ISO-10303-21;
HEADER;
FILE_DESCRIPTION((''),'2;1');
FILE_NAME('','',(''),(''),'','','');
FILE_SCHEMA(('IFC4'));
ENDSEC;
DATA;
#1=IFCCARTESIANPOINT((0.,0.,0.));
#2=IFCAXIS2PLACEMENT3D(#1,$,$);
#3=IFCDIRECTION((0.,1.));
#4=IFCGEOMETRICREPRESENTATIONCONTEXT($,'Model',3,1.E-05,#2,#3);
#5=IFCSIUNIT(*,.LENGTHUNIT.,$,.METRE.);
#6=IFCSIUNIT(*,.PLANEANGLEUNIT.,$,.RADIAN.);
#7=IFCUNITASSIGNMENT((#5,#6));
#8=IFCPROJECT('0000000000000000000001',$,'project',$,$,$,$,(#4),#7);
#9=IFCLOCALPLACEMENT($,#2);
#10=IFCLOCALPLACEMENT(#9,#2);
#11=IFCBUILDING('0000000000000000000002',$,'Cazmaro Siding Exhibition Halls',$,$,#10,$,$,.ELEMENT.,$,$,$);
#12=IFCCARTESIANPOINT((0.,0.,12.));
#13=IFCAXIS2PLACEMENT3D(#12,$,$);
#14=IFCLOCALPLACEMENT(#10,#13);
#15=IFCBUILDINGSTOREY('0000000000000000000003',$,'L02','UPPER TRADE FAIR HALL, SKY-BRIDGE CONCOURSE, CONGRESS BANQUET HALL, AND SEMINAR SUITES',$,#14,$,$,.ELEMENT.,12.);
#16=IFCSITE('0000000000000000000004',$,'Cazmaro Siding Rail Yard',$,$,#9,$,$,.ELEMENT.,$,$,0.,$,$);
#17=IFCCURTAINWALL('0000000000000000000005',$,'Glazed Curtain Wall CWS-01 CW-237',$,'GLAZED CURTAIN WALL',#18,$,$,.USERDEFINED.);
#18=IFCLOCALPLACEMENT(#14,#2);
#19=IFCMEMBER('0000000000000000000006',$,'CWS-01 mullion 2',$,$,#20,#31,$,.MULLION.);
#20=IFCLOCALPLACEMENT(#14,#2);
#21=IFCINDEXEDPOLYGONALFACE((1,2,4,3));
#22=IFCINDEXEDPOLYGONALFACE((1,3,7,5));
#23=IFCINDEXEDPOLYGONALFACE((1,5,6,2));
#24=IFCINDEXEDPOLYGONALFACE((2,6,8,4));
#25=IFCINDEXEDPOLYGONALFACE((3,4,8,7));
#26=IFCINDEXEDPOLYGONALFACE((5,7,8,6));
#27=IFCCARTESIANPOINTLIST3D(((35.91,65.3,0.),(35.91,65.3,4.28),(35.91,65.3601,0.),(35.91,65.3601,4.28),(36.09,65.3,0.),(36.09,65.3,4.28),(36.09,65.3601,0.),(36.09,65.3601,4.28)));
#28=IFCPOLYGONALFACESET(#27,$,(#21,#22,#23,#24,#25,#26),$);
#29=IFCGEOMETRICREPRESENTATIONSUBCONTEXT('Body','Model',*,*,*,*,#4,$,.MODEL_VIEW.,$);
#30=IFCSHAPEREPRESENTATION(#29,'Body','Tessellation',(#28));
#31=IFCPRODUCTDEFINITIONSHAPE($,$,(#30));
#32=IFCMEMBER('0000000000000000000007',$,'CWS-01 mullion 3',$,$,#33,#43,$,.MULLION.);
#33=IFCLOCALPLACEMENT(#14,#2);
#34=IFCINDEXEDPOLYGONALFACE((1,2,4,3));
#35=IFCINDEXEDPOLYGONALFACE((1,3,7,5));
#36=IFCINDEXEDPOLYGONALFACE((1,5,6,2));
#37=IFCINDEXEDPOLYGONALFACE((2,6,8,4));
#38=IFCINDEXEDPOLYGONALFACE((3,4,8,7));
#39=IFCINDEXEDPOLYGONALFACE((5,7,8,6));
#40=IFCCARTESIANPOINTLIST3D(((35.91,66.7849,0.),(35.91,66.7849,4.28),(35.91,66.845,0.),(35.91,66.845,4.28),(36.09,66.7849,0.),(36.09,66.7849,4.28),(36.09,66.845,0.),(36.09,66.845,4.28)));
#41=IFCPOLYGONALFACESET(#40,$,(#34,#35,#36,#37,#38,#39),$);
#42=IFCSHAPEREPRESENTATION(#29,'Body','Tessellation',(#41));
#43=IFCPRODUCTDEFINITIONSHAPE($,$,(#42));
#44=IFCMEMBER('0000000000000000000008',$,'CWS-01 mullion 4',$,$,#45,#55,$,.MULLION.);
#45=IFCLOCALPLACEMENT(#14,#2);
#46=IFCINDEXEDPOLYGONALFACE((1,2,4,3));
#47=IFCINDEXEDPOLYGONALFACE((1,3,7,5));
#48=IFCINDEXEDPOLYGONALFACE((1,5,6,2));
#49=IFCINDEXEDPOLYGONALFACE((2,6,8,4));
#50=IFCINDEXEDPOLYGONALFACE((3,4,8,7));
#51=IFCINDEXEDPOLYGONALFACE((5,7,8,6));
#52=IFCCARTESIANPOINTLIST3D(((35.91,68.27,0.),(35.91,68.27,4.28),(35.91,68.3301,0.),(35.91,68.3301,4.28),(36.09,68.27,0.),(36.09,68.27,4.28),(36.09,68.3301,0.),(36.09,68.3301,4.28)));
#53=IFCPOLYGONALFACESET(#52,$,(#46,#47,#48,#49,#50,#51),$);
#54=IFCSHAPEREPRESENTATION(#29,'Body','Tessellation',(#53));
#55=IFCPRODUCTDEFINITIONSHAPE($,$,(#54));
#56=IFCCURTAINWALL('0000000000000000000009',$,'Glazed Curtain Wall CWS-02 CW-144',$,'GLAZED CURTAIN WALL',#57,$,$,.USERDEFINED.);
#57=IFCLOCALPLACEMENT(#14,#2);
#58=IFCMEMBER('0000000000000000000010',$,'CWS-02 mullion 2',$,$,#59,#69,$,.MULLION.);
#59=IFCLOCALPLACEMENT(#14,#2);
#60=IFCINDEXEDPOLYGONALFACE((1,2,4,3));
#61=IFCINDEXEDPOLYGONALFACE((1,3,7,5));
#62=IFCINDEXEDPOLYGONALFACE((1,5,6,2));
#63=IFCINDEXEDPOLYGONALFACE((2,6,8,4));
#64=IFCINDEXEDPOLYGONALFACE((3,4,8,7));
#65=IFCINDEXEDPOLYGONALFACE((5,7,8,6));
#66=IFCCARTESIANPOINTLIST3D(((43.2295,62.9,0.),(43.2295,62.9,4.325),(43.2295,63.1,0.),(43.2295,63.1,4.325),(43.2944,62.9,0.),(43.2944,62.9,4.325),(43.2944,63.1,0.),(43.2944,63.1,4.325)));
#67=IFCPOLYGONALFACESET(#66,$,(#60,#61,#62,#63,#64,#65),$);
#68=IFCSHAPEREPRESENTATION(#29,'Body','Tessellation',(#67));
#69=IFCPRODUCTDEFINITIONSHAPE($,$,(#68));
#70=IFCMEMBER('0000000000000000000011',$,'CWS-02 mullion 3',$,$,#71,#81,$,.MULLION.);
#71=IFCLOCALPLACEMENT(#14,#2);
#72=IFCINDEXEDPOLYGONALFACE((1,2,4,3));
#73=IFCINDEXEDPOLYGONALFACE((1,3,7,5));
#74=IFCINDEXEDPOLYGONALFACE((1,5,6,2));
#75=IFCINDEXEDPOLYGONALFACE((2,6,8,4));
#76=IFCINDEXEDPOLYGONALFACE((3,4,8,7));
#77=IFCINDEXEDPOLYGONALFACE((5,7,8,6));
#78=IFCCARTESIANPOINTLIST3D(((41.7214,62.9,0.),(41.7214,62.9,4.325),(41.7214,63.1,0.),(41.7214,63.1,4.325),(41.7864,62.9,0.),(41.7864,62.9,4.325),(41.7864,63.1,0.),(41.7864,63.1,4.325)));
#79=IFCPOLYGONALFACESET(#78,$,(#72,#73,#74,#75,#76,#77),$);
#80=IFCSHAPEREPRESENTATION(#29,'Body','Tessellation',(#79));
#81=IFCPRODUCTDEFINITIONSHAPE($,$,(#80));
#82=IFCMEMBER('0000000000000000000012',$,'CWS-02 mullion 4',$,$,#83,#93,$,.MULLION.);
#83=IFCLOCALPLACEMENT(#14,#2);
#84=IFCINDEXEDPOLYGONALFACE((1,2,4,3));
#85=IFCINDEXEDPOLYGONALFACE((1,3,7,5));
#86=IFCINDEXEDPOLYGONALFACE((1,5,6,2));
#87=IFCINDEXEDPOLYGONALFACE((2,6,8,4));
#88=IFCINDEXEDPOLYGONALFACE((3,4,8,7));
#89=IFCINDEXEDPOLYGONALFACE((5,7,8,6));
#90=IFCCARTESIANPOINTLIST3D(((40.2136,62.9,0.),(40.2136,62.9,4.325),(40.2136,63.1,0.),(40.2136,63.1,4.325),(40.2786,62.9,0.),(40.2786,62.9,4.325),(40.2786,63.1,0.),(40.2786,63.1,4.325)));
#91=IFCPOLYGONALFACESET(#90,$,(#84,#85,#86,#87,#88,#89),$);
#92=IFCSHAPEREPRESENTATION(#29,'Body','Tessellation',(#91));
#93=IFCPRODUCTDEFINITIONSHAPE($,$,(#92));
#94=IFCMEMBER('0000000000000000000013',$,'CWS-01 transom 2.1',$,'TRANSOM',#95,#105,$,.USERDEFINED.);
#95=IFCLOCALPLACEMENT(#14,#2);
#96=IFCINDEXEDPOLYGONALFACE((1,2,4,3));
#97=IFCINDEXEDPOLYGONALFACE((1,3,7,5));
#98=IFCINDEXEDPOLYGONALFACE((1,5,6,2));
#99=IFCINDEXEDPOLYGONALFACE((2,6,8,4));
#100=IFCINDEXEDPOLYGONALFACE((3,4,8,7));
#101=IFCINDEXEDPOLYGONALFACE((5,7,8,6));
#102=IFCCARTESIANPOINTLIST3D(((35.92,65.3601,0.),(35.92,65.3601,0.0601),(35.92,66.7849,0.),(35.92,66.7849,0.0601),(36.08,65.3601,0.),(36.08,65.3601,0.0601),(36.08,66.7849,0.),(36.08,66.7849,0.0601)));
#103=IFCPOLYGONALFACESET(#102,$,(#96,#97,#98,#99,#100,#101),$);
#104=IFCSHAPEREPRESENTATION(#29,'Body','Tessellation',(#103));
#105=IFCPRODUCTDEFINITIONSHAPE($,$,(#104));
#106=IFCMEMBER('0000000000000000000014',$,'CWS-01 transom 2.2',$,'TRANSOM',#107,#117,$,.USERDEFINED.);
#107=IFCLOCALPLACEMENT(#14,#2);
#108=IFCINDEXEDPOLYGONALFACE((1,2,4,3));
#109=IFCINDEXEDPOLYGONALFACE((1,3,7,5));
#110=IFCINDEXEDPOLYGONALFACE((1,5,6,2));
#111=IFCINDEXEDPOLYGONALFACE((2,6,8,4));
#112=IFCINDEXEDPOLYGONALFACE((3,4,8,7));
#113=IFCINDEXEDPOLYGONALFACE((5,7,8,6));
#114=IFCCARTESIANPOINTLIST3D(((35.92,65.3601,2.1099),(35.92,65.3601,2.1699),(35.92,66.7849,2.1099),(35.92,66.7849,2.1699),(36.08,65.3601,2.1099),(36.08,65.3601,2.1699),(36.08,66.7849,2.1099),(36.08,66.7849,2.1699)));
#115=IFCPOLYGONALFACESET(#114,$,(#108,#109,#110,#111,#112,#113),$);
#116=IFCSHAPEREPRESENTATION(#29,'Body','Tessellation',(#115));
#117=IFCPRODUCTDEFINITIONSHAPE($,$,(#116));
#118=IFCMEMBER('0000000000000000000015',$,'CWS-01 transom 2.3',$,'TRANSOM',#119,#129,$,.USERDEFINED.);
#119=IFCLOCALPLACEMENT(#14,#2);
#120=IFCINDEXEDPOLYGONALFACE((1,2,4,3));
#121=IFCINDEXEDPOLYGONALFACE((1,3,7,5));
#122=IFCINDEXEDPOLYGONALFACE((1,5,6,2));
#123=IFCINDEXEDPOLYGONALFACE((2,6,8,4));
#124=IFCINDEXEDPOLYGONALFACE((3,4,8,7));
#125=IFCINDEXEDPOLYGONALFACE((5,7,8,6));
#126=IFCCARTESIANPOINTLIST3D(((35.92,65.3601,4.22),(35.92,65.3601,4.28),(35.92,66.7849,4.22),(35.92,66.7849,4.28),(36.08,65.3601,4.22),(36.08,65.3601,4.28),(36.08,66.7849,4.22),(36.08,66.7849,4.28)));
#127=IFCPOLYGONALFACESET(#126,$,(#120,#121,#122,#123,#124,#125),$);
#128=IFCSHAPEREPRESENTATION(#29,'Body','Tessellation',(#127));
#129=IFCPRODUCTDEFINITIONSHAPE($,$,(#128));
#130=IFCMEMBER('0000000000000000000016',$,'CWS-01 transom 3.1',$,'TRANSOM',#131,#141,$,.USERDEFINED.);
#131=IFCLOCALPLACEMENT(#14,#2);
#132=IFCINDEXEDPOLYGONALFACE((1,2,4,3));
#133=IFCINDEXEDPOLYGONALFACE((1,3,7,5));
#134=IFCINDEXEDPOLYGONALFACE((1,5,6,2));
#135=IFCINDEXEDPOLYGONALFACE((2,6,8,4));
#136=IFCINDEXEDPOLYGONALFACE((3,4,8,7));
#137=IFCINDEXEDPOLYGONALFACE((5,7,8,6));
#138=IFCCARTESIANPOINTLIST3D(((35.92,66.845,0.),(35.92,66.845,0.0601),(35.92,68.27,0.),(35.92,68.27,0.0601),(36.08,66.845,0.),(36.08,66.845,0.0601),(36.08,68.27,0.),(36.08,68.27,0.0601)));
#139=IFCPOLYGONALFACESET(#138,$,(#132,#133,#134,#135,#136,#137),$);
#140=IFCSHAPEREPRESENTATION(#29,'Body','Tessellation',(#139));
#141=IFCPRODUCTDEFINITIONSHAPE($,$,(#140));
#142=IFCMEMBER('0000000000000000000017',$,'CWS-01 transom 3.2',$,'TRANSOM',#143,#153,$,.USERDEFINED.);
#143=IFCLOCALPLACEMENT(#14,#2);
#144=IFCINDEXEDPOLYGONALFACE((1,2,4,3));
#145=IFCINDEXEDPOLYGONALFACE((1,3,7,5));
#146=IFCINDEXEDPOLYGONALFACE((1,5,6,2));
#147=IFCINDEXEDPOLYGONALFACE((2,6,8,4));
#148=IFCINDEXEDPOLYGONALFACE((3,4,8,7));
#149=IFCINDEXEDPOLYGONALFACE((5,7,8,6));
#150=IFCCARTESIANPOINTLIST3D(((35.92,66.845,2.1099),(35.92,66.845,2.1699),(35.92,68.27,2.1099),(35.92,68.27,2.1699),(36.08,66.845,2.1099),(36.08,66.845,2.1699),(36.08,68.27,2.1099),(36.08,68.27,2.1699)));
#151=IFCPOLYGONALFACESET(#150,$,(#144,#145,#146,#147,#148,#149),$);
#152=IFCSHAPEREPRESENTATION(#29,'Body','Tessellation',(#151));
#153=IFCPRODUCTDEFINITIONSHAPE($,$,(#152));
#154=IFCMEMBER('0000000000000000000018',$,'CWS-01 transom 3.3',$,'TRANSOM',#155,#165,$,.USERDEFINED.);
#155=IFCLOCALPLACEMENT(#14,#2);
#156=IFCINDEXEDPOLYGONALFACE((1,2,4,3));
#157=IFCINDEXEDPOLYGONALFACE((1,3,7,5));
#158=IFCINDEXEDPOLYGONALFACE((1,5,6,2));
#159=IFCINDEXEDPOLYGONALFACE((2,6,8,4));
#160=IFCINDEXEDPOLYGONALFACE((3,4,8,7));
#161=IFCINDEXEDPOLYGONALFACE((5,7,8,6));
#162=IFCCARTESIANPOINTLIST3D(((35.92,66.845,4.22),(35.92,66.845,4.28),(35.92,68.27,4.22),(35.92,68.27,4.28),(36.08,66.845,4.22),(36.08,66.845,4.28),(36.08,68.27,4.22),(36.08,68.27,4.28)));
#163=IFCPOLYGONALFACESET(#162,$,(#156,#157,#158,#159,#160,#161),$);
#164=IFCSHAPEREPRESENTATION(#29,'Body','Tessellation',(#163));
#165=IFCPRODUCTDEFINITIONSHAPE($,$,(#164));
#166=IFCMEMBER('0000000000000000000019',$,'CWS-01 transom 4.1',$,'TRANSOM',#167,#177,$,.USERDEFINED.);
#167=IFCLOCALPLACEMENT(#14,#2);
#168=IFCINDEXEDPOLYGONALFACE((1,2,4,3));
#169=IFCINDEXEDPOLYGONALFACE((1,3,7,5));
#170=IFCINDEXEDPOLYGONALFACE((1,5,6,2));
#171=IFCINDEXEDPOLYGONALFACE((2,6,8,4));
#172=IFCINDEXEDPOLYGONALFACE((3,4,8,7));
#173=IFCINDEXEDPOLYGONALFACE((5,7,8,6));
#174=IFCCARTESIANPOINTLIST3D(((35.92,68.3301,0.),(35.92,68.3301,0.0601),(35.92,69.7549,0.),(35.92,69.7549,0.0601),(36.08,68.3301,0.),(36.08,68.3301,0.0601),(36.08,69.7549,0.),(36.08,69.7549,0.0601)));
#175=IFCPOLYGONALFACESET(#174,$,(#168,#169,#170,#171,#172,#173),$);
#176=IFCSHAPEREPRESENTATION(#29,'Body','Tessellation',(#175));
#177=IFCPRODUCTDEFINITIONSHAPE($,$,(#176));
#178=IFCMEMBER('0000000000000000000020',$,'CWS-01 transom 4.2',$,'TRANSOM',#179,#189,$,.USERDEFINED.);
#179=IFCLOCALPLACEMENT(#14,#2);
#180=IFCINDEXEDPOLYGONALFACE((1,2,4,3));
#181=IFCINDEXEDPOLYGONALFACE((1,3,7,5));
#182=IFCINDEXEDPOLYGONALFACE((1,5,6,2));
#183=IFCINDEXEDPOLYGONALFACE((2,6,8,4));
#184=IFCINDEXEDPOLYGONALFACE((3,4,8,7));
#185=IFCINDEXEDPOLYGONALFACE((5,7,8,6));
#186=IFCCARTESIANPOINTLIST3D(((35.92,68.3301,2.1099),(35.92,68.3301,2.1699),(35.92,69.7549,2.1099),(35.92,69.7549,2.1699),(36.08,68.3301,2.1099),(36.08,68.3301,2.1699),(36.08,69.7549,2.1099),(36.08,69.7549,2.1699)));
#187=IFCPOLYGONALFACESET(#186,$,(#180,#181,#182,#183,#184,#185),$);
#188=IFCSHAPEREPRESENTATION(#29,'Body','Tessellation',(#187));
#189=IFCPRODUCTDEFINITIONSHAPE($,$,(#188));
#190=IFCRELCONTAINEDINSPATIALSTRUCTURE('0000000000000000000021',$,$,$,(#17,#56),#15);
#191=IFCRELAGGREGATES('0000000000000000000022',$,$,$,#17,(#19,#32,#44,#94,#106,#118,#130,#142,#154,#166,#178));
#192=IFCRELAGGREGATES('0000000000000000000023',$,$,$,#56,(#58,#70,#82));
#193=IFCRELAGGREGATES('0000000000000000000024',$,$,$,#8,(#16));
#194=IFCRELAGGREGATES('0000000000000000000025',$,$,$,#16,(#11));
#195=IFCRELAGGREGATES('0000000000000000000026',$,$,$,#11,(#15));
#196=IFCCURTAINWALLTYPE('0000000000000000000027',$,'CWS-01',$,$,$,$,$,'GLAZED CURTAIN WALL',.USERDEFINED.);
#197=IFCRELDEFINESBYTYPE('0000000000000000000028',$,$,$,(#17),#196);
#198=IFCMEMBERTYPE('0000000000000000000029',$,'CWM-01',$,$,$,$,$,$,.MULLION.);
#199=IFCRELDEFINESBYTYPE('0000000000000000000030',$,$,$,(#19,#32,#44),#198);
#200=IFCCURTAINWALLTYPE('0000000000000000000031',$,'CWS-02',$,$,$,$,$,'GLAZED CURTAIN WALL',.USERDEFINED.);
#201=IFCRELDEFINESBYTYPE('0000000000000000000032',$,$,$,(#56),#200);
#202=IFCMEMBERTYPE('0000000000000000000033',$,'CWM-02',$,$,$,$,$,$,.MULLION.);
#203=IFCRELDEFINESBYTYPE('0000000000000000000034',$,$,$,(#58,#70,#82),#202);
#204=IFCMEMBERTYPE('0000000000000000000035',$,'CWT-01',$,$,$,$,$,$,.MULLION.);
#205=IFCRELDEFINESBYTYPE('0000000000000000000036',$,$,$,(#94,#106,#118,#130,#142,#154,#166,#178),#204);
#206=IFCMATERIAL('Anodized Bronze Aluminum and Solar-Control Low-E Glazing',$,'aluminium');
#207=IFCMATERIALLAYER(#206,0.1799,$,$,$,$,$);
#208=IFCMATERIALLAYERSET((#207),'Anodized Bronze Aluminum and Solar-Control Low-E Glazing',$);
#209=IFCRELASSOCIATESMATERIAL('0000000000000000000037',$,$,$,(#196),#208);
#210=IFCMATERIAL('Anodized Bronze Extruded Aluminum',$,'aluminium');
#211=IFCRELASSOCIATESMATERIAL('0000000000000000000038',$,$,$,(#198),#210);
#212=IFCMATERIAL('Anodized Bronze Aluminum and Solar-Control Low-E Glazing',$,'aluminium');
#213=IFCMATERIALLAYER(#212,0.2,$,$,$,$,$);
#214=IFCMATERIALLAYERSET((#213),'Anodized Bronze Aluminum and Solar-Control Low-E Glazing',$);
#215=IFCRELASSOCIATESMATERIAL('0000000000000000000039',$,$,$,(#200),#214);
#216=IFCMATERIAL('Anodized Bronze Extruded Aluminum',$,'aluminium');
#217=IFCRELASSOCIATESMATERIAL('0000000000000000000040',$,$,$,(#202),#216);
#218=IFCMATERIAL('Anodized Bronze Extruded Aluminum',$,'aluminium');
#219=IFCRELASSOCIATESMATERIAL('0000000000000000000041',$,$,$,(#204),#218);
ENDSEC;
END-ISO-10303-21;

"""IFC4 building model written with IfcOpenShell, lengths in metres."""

from ifc_helpers import new_model, si_unit, direction, frame, origin, origin_2d, place, context, subcontext, project, spatial, rectangle, extrude, material, layer, layer_set, material_profile, profile_set, type_object, element, aggregate, save


model = new_model("IFC4")

# Units and contexts
model_context = context("Model", 3, precision=1e-05, world=origin(), true_north=direction((0.0, 1.0)))
body_context = subcontext(model_context, "Body", "Model", "MODEL_VIEW")
ifc_project = project(units=[si_unit("LENGTHUNIT", "METRE"), si_unit("PLANEANGLEUNIT", "RADIAN")], contexts=[model_context])

# Site, building, storey
site_placement = place(None, origin())
site = spatial("IfcSite", under=ifc_project, at=site_placement, Name="Cazmaro Siding Rail Yard", CompositionType="ELEMENT", RefElevation=0.0)
building_placement = place(site_placement, origin())
building = spatial("IfcBuilding", under=site, at=building_placement, Name="Cazmaro Siding Exhibition Halls", CompositionType="ELEMENT")
storey_placement = place(building_placement, frame((0.0, 0.0, 12.0)))
storey = spatial("IfcBuildingStorey", under=building, at=storey_placement, Name="L02", Description="UPPER TRADE FAIR HALL, SKY-BRIDGE CONCOURSE, CONGRESS BANQUET HALL, AND SEMINAR SUITES", CompositionType="ELEMENT", Elevation=12.0)

# Curtain walls, members
ifc_material_1 = material(Name="Anodized Bronze Aluminum and Solar-Control Low-E Glazing", Category="aluminium")
ifc_layer_1 = layer(ifc_material_1, 0.1799)
ifc_layer_set_1 = layer_set([ifc_layer_1], Name="Anodized Bronze Aluminum and Solar-Control Low-E Glazing")
curtain_wall_type_1 = type_object("IfcCurtainWallType", Name="CWS-01", ElementType="GLAZED CURTAIN WALL", PredefinedType="USERDEFINED", material=ifc_layer_set_1)
curtain_wall_1_placement = place(storey_placement, origin())
curtain_wall_1 = element("IfcCurtainWall", 1, at=curtain_wall_1_placement, inside=storey, type_object=curtain_wall_type_1, Name="Glazed Curtain Wall CWS-01 CW-237", ObjectType="GLAZED CURTAIN WALL", PredefinedType="USERDEFINED")
ifc_material_2 = material(Name="Anodized Bronze Extruded Aluminum", Category="aluminium")
ifc_material_profile_1 = material_profile(ifc_material_2, rectangle(XDim=0.1799, YDim=0.0601, at=origin_2d()), Name="CWM-01")
ifc_profile_set_1 = profile_set([ifc_material_profile_1], Name="Anodized Bronze Extruded Aluminum")
member_type_1 = type_object("IfcMemberType", Name="CWM-01", PredefinedType="MULLION", material=ifc_profile_set_1)
member_1_placement = place(storey_placement, frame((36.0, 65.3301, 0.0), z_axis=(0.0, 0.0, 1.0), x_axis=(-1.0, 0.0, 0.0)))
member_1 = element("IfcMember", 2, at=member_1_placement, type_object=member_type_1, Name="CWS-01 mullion 2", PredefinedType="MULLION", context=body_context, shape_type="SweptSolid", body=[
    extrude(rectangle(XDim=0.1799, YDim=0.0601, at=origin_2d()), origin(), (0.0, 0.0, 1.0), 4.28),
])
member_2_placement = place(storey_placement, frame((36.0, 66.8149, 0.0), z_axis=(0.0, 0.0, 1.0), x_axis=(-1.0, 0.0, 0.0)))
member_2 = element("IfcMember", 3, at=member_2_placement, type_object=member_type_1, Name="CWS-01 mullion 3", PredefinedType="MULLION", context=body_context, shape_type="SweptSolid", body=[
    extrude(rectangle(XDim=0.1799, YDim=0.0601, at=origin_2d()), origin(), (0.0, 0.0, 1.0), 4.28),
])
member_3_placement = place(storey_placement, frame((36.0, 68.3, 0.0), z_axis=(0.0, 0.0, 1.0), x_axis=(-1.0, 0.0, 0.0)))
member_3 = element("IfcMember", 4, at=member_3_placement, type_object=member_type_1, Name="CWS-01 mullion 4", PredefinedType="MULLION", context=body_context, shape_type="SweptSolid", body=[
    extrude(rectangle(XDim=0.1799, YDim=0.0601, at=origin_2d()), origin(), (0.0, 0.0, 1.0), 4.28),
])
ifc_material_3 = material(Name="Anodized Bronze Aluminum and Solar-Control Low-E Glazing", Category="aluminium")
ifc_layer_2 = layer(ifc_material_3, 0.2)
ifc_layer_set_2 = layer_set([ifc_layer_2], Name="Anodized Bronze Aluminum and Solar-Control Low-E Glazing")
curtain_wall_type_2 = type_object("IfcCurtainWallType", Name="CWS-02", ElementType="GLAZED CURTAIN WALL", PredefinedType="USERDEFINED", material=ifc_layer_set_2)
curtain_wall_2_placement = place(storey_placement, origin())
curtain_wall_2 = element("IfcCurtainWall", 5, at=curtain_wall_2_placement, inside=storey, type_object=curtain_wall_type_2, Name="Glazed Curtain Wall CWS-02 CW-144", ObjectType="GLAZED CURTAIN WALL", PredefinedType="USERDEFINED")
ifc_material_4 = material(Name="Anodized Bronze Extruded Aluminum", Category="aluminium")
ifc_material_profile_2 = material_profile(ifc_material_4, rectangle(XDim=0.2, YDim=0.0649, at=origin_2d()), Name="CWM-02")
ifc_profile_set_2 = profile_set([ifc_material_profile_2], Name="Anodized Bronze Extruded Aluminum")
member_type_2 = type_object("IfcMemberType", Name="CWM-02", PredefinedType="MULLION", material=ifc_profile_set_2)
member_4_placement = place(storey_placement, frame((43.262, 63.0, 0.0), z_axis=(0.0, 0.0, 1.0), x_axis=(0.0, -1.0, 0.0)))
member_4 = element("IfcMember", 6, at=member_4_placement, type_object=member_type_2, Name="CWS-02 mullion 2", PredefinedType="MULLION", context=body_context, shape_type="SweptSolid", body=[
    extrude(rectangle(XDim=0.2, YDim=0.0649, at=origin_2d()), origin(), (0.0, 0.0, 1.0), 4.325),
])
member_5_placement = place(storey_placement, frame((41.7539, 63.0, 0.0), z_axis=(0.0, 0.0, 1.0), x_axis=(0.0, -1.0, 0.0)))
member_5 = element("IfcMember", 7, at=member_5_placement, type_object=member_type_2, Name="CWS-02 mullion 3", PredefinedType="MULLION", context=body_context, shape_type="SweptSolid", body=[
    extrude(rectangle(XDim=0.2, YDim=0.0649, at=origin_2d()), origin(), (0.0, 0.0, 1.0), 4.325),
])
member_6_placement = place(storey_placement, frame((40.2461, 63.0, 0.0), z_axis=(0.0, 0.0, 1.0), x_axis=(0.0, -1.0, 0.0)))
member_6 = element("IfcMember", 8, at=member_6_placement, type_object=member_type_2, Name="CWS-02 mullion 4", PredefinedType="MULLION", context=body_context, shape_type="SweptSolid", body=[
    extrude(rectangle(XDim=0.2, YDim=0.0649, at=origin_2d()), origin(), (0.0, 0.0, 1.0), 4.325),
])

# Members
ifc_material_5 = material(Name="Anodized Bronze Extruded Aluminum", Category="aluminium")
ifc_material_profile_3 = material_profile(ifc_material_5, rectangle(XDim=0.1599, YDim=0.0601, at=origin_2d()), Name="CWT-01")
ifc_profile_set_3 = profile_set([ifc_material_profile_3], Name="Anodized Bronze Extruded Aluminum")
member_type_3 = type_object("IfcMemberType", Name="CWT-01", PredefinedType="MULLION", material=ifc_profile_set_3)
member_7_placement = place(storey_placement, frame((36.0, 65.3601, 0.03), z_axis=(0.0, 1.0, 0.0), x_axis=(-1.0, 0.0, 0.0)))
member_7 = element("IfcMember", 9, at=member_7_placement, type_object=member_type_3, Name="CWS-01 transom 2.1", ObjectType="TRANSOM", PredefinedType="USERDEFINED", context=body_context, shape_type="SweptSolid", body=[
    extrude(rectangle(XDim=0.1599, YDim=0.0601, at=origin_2d()), origin(), (0.0, 0.0, 1.0), 1.4248),
])
member_8_placement = place(storey_placement, frame((36.0, 65.3601, 2.1399), z_axis=(0.0, 1.0, 0.0), x_axis=(-1.0, 0.0, 0.0)))
member_8 = element("IfcMember", 10, at=member_8_placement, type_object=member_type_3, Name="CWS-01 transom 2.2", ObjectType="TRANSOM", PredefinedType="USERDEFINED", context=body_context, shape_type="SweptSolid", body=[
    extrude(rectangle(XDim=0.1599, YDim=0.0601, at=origin_2d()), origin(), (0.0, 0.0, 1.0), 1.4248),
])
member_9_placement = place(storey_placement, frame((36.0, 65.3601, 4.25), z_axis=(0.0, 1.0, 0.0), x_axis=(-1.0, 0.0, 0.0)))
member_9 = element("IfcMember", 11, at=member_9_placement, type_object=member_type_3, Name="CWS-01 transom 2.3", ObjectType="TRANSOM", PredefinedType="USERDEFINED", context=body_context, shape_type="SweptSolid", body=[
    extrude(rectangle(XDim=0.1599, YDim=0.0601, at=origin_2d()), origin(), (0.0, 0.0, 1.0), 1.4248),
])
member_10_placement = place(storey_placement, frame((36.0, 66.845, 0.03), z_axis=(0.0, 1.0, 0.0), x_axis=(-1.0, 0.0, 0.0)))
member_10 = element("IfcMember", 12, at=member_10_placement, type_object=member_type_3, Name="CWS-01 transom 3.1", ObjectType="TRANSOM", PredefinedType="USERDEFINED", context=body_context, shape_type="SweptSolid", body=[
    extrude(rectangle(XDim=0.1599, YDim=0.0601, at=origin_2d()), origin(), (0.0, 0.0, 1.0), 1.425),
])
member_11_placement = place(storey_placement, frame((36.0, 66.845, 2.1399), z_axis=(0.0, 1.0, 0.0), x_axis=(-1.0, 0.0, 0.0)))
member_11 = element("IfcMember", 13, at=member_11_placement, type_object=member_type_3, Name="CWS-01 transom 3.2", ObjectType="TRANSOM", PredefinedType="USERDEFINED", context=body_context, shape_type="SweptSolid", body=[
    extrude(rectangle(XDim=0.1599, YDim=0.0601, at=origin_2d()), origin(), (0.0, 0.0, 1.0), 1.425),
])
member_12_placement = place(storey_placement, frame((36.0, 66.845, 4.25), z_axis=(0.0, 1.0, 0.0), x_axis=(-1.0, 0.0, 0.0)))
member_12 = element("IfcMember", 14, at=member_12_placement, type_object=member_type_3, Name="CWS-01 transom 3.3", ObjectType="TRANSOM", PredefinedType="USERDEFINED", context=body_context, shape_type="SweptSolid", body=[
    extrude(rectangle(XDim=0.1599, YDim=0.0601, at=origin_2d()), origin(), (0.0, 0.0, 1.0), 1.425),
])
member_13_placement = place(storey_placement, frame((36.0, 68.3301, 0.03), z_axis=(0.0, 1.0, 0.0), x_axis=(-1.0, 0.0, 0.0)))
member_13 = element("IfcMember", 15, at=member_13_placement, type_object=member_type_3, Name="CWS-01 transom 4.1", ObjectType="TRANSOM", PredefinedType="USERDEFINED", context=body_context, shape_type="SweptSolid", body=[
    extrude(rectangle(XDim=0.1599, YDim=0.0601, at=origin_2d()), origin(), (0.0, 0.0, 1.0), 1.4248),
])
member_14_placement = place(storey_placement, frame((36.0, 68.3301, 2.1399), z_axis=(0.0, 1.0, 0.0), x_axis=(-1.0, 0.0, 0.0)))
member_14 = element("IfcMember", 16, at=member_14_placement, type_object=member_type_3, Name="CWS-01 transom 4.2", ObjectType="TRANSOM", PredefinedType="USERDEFINED", context=body_context, shape_type="SweptSolid", body=[
    extrude(rectangle(XDim=0.1599, YDim=0.0601, at=origin_2d()), origin(), (0.0, 0.0, 1.0), 1.4248),
])

aggregate(curtain_wall_1, [member_1, member_2, member_3, member_7, member_8, member_9, member_10, member_11, member_12, member_13, member_14])
aggregate(curtain_wall_2, [member_4, member_5, member_6])

save(model, "model.ifc")
